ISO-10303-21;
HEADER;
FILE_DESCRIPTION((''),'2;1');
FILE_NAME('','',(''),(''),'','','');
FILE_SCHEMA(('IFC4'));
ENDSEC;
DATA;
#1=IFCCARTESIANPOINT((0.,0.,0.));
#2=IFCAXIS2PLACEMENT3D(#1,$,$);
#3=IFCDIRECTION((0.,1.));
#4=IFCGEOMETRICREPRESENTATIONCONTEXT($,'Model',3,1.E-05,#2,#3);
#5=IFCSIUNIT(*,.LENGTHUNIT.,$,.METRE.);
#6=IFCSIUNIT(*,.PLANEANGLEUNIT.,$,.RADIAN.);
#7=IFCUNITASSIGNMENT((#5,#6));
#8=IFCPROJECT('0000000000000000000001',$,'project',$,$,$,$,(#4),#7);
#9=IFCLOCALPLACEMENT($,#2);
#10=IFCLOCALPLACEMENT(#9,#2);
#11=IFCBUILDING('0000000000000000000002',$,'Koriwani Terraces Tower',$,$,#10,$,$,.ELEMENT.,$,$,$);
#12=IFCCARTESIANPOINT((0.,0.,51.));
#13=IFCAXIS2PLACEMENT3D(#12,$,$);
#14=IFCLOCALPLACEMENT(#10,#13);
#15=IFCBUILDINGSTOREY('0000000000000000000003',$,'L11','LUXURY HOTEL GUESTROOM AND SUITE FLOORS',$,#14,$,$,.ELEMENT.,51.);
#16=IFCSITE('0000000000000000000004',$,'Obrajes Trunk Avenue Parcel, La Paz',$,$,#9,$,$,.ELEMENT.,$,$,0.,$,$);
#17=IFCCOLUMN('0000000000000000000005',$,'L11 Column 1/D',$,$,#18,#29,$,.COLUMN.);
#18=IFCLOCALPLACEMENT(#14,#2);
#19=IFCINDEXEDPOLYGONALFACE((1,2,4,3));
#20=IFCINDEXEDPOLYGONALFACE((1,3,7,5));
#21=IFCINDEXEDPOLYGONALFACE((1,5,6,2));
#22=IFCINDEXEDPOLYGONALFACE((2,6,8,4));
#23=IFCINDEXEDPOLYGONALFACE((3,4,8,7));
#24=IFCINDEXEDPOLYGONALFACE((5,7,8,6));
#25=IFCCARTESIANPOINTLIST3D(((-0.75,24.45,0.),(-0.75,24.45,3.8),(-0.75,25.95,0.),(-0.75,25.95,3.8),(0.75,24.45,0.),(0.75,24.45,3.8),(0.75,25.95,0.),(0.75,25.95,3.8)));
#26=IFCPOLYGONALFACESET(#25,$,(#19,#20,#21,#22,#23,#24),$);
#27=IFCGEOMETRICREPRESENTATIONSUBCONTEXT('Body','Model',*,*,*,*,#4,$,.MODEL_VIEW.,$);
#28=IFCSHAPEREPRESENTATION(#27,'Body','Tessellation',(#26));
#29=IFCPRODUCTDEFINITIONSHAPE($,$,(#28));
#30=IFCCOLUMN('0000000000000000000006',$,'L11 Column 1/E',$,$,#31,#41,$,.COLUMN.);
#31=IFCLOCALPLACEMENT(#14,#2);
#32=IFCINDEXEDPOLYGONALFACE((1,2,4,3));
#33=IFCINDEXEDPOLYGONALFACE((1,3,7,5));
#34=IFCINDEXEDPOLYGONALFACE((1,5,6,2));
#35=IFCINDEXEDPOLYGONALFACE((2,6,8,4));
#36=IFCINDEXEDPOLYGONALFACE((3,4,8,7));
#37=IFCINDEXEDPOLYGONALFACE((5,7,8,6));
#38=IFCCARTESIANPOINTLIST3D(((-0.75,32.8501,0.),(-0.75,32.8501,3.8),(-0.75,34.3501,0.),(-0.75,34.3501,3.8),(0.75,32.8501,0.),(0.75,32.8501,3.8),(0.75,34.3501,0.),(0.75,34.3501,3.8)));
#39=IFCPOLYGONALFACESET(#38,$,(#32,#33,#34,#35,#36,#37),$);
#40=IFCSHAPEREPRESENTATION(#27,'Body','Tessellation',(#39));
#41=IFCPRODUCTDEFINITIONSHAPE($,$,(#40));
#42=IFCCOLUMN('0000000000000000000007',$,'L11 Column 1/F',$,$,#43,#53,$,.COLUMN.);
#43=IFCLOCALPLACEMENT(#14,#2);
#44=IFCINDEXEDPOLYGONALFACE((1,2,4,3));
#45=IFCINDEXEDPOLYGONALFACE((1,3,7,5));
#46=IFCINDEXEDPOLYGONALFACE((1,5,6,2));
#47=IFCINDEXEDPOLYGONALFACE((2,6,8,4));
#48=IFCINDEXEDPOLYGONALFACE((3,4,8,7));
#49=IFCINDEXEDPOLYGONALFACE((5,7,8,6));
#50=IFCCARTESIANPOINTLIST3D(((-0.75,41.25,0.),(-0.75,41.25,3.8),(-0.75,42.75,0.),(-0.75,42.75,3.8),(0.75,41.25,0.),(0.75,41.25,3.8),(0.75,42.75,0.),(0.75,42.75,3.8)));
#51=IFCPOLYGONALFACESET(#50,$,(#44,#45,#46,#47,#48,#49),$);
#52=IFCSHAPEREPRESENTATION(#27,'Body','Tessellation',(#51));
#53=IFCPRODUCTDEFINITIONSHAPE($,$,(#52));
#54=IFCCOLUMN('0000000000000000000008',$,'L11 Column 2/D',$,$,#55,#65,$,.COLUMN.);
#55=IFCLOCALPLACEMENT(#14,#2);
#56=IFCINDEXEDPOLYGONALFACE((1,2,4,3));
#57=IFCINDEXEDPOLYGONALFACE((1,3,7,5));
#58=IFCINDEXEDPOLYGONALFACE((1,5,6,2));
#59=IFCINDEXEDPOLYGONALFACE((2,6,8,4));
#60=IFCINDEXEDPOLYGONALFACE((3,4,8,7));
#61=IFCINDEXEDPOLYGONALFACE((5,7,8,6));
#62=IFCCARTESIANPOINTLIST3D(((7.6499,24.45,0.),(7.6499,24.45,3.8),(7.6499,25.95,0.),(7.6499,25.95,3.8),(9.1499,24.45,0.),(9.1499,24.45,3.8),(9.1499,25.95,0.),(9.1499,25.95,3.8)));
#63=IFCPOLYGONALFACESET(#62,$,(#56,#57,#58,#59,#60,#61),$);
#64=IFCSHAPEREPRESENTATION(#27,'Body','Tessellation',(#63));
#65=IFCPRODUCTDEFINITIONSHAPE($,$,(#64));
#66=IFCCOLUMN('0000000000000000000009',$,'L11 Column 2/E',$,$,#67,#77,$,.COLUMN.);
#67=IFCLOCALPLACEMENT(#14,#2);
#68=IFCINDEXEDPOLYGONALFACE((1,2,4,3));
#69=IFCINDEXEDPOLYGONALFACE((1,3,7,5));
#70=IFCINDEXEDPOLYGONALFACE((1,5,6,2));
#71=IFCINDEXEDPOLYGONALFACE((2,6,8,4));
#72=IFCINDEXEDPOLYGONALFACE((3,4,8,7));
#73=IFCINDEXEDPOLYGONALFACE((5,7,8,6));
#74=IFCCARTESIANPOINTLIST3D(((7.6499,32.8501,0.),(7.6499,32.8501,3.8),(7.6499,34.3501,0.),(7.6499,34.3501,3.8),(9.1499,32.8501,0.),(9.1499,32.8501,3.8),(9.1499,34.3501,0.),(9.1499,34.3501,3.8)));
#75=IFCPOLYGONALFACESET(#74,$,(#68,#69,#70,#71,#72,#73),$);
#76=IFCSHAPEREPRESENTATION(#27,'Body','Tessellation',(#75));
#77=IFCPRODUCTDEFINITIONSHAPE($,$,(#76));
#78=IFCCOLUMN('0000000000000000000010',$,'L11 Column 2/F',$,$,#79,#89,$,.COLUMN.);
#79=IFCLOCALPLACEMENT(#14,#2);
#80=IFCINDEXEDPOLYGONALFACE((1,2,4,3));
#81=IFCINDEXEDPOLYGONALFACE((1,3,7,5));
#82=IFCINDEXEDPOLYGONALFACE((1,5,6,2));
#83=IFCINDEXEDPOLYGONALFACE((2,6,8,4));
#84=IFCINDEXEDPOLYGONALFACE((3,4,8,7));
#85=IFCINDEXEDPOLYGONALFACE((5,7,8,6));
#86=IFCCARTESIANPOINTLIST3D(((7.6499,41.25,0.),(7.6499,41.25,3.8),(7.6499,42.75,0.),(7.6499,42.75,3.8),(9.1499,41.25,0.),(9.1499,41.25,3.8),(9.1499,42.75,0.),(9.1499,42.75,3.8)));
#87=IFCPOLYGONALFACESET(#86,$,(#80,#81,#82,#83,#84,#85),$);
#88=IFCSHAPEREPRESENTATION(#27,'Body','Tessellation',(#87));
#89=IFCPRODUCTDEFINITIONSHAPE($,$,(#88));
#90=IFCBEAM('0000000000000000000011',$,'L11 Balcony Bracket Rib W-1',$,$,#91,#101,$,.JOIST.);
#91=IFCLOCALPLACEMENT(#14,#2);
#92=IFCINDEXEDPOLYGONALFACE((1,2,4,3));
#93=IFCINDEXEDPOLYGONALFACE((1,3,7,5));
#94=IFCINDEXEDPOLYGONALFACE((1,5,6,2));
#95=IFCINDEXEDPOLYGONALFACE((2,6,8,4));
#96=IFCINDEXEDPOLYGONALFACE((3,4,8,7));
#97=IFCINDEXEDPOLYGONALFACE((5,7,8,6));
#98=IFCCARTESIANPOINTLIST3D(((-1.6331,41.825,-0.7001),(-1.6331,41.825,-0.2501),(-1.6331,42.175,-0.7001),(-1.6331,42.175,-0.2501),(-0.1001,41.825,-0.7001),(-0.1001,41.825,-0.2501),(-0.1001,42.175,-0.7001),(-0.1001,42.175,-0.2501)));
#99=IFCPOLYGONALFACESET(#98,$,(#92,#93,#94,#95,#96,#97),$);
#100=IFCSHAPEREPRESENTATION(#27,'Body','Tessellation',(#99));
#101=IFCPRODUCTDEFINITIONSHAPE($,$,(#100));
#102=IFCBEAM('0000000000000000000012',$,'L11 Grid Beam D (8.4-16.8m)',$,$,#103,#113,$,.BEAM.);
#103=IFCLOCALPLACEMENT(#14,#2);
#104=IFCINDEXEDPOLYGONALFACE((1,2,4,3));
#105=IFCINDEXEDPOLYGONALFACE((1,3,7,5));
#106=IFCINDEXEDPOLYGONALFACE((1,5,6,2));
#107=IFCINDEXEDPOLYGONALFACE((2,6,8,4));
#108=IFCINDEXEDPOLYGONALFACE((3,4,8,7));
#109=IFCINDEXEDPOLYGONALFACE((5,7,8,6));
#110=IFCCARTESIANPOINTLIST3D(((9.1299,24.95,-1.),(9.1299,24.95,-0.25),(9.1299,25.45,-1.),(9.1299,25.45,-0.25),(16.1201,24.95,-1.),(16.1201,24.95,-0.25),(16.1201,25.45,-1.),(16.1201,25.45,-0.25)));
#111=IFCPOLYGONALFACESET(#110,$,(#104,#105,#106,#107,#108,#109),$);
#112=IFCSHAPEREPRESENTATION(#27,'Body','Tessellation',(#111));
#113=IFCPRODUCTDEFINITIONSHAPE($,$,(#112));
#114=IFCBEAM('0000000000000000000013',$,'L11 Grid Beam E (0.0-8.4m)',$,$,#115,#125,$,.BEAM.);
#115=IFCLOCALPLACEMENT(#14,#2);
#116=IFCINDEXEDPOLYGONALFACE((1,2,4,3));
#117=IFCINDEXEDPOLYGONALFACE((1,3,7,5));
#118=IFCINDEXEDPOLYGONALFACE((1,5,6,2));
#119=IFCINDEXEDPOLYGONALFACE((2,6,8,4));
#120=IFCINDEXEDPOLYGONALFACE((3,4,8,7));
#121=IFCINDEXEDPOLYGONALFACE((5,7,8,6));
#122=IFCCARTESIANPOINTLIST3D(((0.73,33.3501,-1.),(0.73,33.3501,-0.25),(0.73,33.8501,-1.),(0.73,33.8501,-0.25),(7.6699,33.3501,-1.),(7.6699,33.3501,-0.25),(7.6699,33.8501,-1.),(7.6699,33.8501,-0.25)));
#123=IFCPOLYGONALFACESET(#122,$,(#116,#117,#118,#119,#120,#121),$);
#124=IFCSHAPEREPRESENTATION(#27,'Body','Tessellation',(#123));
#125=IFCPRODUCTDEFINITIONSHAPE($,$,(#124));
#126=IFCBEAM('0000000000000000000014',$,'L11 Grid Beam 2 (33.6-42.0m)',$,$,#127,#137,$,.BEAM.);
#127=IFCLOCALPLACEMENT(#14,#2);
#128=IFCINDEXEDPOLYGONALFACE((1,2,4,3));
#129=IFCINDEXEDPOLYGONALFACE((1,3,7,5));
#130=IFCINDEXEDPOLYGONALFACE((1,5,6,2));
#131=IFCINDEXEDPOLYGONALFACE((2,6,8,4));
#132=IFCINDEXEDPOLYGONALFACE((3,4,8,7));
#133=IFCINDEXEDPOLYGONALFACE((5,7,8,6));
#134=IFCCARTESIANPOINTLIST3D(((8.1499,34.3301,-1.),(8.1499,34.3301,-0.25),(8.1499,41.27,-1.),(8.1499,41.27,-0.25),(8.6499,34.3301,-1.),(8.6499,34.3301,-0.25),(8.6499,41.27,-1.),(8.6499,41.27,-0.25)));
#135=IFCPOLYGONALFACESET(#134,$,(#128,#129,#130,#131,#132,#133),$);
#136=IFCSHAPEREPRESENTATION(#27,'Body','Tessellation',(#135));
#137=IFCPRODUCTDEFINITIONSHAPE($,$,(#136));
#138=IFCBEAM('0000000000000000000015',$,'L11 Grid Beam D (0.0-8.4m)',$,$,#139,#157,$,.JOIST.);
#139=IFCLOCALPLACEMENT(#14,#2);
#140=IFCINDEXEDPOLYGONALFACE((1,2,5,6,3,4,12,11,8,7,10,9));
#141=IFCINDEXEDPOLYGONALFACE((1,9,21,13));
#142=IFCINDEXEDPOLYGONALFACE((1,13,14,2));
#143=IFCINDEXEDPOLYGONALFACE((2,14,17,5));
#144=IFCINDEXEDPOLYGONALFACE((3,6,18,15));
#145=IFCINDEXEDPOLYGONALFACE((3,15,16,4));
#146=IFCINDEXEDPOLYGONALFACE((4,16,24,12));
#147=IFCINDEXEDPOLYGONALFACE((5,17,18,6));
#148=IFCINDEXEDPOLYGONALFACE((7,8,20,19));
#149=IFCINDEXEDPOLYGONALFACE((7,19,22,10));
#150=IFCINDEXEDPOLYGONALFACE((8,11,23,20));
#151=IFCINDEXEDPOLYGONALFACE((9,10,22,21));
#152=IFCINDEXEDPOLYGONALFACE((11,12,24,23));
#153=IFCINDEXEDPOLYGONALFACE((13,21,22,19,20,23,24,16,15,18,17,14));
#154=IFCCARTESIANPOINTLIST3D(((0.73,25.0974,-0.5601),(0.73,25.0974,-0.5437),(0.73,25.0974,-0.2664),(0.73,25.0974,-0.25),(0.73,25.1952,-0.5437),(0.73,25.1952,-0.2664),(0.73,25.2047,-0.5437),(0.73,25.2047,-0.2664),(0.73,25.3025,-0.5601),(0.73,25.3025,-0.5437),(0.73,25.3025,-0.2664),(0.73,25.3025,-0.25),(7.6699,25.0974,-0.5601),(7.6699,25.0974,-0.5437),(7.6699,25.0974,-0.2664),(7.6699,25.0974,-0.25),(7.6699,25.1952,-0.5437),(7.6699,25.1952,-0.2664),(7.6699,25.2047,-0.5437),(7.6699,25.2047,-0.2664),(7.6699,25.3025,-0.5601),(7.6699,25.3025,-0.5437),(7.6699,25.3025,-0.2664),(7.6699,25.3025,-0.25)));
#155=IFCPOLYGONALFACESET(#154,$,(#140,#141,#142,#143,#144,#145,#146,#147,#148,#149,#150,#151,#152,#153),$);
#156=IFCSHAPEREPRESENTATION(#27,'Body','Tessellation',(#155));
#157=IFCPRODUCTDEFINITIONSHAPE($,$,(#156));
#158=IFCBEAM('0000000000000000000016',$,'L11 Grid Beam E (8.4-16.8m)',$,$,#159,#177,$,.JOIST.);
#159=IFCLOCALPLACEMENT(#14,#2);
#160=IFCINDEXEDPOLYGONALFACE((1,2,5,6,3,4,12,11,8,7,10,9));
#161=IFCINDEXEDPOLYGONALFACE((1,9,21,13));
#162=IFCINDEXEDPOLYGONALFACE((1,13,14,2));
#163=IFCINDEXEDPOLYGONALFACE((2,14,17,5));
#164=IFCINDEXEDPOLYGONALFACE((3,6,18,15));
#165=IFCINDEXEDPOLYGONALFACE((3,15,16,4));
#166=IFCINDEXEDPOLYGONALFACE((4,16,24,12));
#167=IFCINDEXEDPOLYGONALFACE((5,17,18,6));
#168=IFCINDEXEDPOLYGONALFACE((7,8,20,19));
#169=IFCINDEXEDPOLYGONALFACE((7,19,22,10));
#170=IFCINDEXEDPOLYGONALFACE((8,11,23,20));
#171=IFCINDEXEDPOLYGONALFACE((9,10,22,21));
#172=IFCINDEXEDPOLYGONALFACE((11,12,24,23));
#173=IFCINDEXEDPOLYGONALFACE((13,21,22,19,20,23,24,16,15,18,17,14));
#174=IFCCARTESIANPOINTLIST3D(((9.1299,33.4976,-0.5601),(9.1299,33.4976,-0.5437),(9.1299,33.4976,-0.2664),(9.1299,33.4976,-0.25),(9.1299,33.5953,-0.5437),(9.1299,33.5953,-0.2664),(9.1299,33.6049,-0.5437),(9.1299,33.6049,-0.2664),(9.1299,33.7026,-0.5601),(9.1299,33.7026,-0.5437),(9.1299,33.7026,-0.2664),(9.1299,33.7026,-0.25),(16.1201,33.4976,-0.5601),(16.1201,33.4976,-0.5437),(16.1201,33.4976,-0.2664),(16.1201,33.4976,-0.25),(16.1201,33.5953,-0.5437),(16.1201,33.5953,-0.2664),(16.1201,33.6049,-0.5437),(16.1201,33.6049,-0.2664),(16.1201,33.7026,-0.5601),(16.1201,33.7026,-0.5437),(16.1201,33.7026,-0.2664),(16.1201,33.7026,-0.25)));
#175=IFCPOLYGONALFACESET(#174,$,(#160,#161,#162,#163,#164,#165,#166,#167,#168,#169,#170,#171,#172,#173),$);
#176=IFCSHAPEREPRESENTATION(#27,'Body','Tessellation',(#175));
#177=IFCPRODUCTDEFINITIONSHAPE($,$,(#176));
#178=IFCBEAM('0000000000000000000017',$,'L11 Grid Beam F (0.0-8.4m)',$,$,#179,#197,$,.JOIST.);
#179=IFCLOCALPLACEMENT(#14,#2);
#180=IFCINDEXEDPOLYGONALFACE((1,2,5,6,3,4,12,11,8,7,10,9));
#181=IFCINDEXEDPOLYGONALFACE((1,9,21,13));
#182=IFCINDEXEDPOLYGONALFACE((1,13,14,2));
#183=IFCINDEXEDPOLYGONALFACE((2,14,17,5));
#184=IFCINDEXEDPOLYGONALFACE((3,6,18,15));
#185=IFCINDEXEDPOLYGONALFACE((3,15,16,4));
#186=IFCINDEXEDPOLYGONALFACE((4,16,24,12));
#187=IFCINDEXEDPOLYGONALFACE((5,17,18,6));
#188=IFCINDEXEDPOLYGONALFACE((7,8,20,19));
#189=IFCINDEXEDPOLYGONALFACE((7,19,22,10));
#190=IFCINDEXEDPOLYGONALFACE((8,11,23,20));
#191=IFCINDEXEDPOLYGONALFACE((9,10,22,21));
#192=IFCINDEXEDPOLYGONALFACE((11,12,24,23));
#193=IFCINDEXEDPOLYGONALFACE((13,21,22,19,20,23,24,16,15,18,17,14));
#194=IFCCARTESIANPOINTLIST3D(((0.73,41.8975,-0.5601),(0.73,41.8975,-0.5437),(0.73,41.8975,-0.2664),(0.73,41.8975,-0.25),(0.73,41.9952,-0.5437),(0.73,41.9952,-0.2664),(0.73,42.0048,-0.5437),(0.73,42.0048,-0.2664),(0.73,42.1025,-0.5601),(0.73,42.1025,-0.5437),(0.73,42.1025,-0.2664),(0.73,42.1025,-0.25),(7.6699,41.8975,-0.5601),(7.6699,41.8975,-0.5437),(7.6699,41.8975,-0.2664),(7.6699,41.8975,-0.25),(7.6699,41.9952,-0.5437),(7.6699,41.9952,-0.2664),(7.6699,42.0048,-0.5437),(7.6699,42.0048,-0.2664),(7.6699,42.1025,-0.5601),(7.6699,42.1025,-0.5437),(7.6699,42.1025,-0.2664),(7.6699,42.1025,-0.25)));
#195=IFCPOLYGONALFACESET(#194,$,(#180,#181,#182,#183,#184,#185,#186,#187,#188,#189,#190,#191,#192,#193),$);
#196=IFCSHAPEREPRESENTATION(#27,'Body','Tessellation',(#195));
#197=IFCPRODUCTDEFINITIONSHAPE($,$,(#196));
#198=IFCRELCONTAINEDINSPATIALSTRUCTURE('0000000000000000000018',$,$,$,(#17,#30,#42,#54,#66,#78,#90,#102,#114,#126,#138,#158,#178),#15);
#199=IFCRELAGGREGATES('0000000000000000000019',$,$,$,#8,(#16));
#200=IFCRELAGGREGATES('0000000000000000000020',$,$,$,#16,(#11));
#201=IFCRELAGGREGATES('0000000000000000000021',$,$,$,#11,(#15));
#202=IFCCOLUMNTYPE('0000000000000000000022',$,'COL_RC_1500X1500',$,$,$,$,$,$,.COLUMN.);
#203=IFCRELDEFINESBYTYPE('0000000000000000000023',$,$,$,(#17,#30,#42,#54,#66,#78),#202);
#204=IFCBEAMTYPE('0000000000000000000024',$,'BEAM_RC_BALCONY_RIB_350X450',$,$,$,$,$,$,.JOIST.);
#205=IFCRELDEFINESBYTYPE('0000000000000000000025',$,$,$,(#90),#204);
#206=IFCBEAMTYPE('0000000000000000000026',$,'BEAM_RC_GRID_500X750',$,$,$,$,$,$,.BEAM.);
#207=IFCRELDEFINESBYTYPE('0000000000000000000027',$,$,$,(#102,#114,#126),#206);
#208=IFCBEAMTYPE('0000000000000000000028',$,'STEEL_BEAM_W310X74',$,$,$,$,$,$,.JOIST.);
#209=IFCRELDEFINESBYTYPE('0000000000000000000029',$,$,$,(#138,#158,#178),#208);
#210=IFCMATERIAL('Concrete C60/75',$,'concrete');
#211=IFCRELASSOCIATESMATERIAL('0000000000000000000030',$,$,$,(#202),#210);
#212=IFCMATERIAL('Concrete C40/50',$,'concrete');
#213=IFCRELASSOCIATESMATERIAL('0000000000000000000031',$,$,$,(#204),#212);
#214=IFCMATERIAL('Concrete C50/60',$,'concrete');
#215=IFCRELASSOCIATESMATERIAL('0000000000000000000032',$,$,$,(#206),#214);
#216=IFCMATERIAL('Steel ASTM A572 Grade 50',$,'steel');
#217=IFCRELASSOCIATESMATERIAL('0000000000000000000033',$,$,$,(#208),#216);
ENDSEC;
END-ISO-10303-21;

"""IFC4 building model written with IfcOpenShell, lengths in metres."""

from ifc_helpers import new_model, si_unit, direction, frame, origin, origin_2d, place, context, subcontext, project, spatial, rectangle, i_section, extrude, material, material_profile, profile_set, type_object, element, save


model = new_model("IFC4")

# Units and contexts
model_context = context("Model", 3, precision=1e-05, world=origin(), true_north=direction((0.0, 1.0)))
body_context = subcontext(model_context, "Body", "Model", "MODEL_VIEW")
ifc_project = project(units=[si_unit("LENGTHUNIT", "METRE"), si_unit("PLANEANGLEUNIT", "RADIAN")], contexts=[model_context])

# Site, building, storey
site_placement = place(None, origin())
site = spatial("IfcSite", under=ifc_project, at=site_placement, Name="Obrajes Trunk Avenue Parcel, La Paz", CompositionType="ELEMENT", RefElevation=0.0)
building_placement = place(site_placement, origin())
building = spatial("IfcBuilding", under=site, at=building_placement, Name="Koriwani Terraces Tower", CompositionType="ELEMENT")
storey_placement = place(building_placement, frame((0.0, 0.0, 51.0)))
storey = spatial("IfcBuildingStorey", under=building, at=storey_placement, Name="L11", Description="LUXURY HOTEL GUESTROOM AND SUITE FLOORS", CompositionType="ELEMENT", Elevation=51.0)

# Columns
ifc_material_1 = material(Name="Concrete C60/75", Category="concrete")
ifc_material_profile_1 = material_profile(ifc_material_1, rectangle(XDim=1.5, YDim=1.5, at=origin_2d()), Name="Concrete C60/75", Category="LoadBearing")
ifc_profile_set_1 = profile_set([ifc_material_profile_1], Name="Concrete C60/75")
column_type = type_object("IfcColumnType", Name="COL_RC_1500X1500", PredefinedType="COLUMN", material=ifc_profile_set_1)
for number, where, z_axis, x_axis, name in (
    (1, (0.0, 25.2, 0.0), (0.0, 0.0, 1.0), (1.0, 0.0, 0.0), "L11 Column 1/D"),
    (2, (0.0, 33.6001, 0.0), (0.0, 0.0, 1.0), (1.0, 0.0, 0.0), "L11 Column 1/E"),
    (3, (0.0, 42.0, 0.0), (0.0, 0.0, 1.0), (1.0, 0.0, 0.0), "L11 Column 1/F"),
    (4, (8.3999, 25.2, 0.0), (0.0, 0.0, 1.0), (1.0, 0.0, 0.0), "L11 Column 2/D"),
    (5, (8.3999, 33.6001, 0.0), (0.0, 0.0, 1.0), (1.0, 0.0, 0.0), "L11 Column 2/E"),
    (6, (8.3999, 42.0, 0.0), (0.0, 0.0, 1.0), (1.0, 0.0, 0.0), "L11 Column 2/F"),
):
    element("IfcColumn", number, at=place(storey_placement, frame(where, z_axis=z_axis, x_axis=x_axis)), inside=storey, type_object=column_type, Name=name, PredefinedType="COLUMN", context=body_context, shape_type="SweptSolid", body=[
        extrude(rectangle(XDim=1.5, YDim=1.5, at=origin_2d()), origin(), (0.0, 0.0, 1.0), 3.8),
    ])

# Beams
ifc_material_2 = material(Name="Concrete C40/50", Category="concrete")
ifc_material_profile_2 = material_profile(ifc_material_2, rectangle(XDim=0.3501, YDim=0.45, at=origin_2d()), Name="Concrete C40/50", Category="LoadBearing")
ifc_profile_set_2 = profile_set([ifc_material_profile_2], Name="Concrete C40/50")
beam_type_1 = type_object("IfcBeamType", Name="BEAM_RC_BALCONY_RIB_350X450", PredefinedType="JOIST", material=ifc_profile_set_2)
beam_1_placement = place(storey_placement, frame((-1.6331, 42.0, -0.4751), z_axis=(1.0, 0.0, 0.0), x_axis=(0.0, 1.0, 0.0)))
element("IfcBeam", 7, at=beam_1_placement, inside=storey, type_object=beam_type_1, Name="L11 Balcony Bracket Rib W-1", PredefinedType="JOIST", context=body_context, shape_type="SweptSolid", body=[
    extrude(rectangle(XDim=0.3501, YDim=0.45, at=origin_2d()), origin(), (0.0, 0.0, 1.0), 1.533),
])
ifc_material_3 = material(Name="Concrete C50/60", Category="concrete")
ifc_material_profile_3 = material_profile(ifc_material_3, rectangle(XDim=0.5, YDim=0.75, at=origin_2d()), Name="Concrete C50/60", Category="LoadBearing")
ifc_profile_set_3 = profile_set([ifc_material_profile_3], Name="Concrete C50/60")
beam_type_2 = type_object("IfcBeamType", Name="BEAM_RC_GRID_500X750", PredefinedType="BEAM", material=ifc_profile_set_3)
beam_2_placement = place(storey_placement, frame((9.1299, 25.2, -0.625), z_axis=(1.0, 0.0, 0.0), x_axis=(0.0, 1.0, 0.0)))
element("IfcBeam", 8, at=beam_2_placement, inside=storey, type_object=beam_type_2, Name="L11 Grid Beam D (8.4-16.8m)", PredefinedType="BEAM", context=body_context, shape_type="SweptSolid", body=[
    extrude(rectangle(XDim=0.5, YDim=0.75, at=origin_2d()), origin(), (0.0, 0.0, 1.0), 6.9902),
])
for number, where, z_axis, x_axis, name in (
    (9, (0.73, 33.6001, -0.625), (1.0, 0.0, 0.0), (0.0, 1.0, 0.0), "L11 Grid Beam E (0.0-8.4m)"),
    (10, (8.3999, 34.3301, -0.625), (0.0, 1.0, 0.0), (-1.0, 0.0, 0.0), "L11 Grid Beam 2 (33.6-42.0m)"),
):
    element("IfcBeam", number, at=place(storey_placement, frame(where, z_axis=z_axis, x_axis=x_axis)), inside=storey, type_object=beam_type_2, Name=name, PredefinedType="BEAM", context=body_context, shape_type="SweptSolid", body=[
        extrude(rectangle(XDim=0.5, YDim=0.75, at=origin_2d()), origin(), (0.0, 0.0, 1.0), 6.9399),
    ])
ifc_material_4 = material(Name="Steel ASTM A572 Grade 50", Category="steel")
ifc_material_profile_4 = material_profile(ifc_material_4, i_section(OverallWidth=0.2051, OverallDepth=0.3101, WebThickness=0.0095, FlangeThickness=0.0164, at=origin_2d()), Name="Steel ASTM A572 Grade 50", Category="LoadBearing")
ifc_profile_set_4 = profile_set([ifc_material_profile_4], Name="Steel ASTM A572 Grade 50")
beam_type_3 = type_object("IfcBeamType", Name="STEEL_BEAM_W310X74", PredefinedType="JOIST", material=ifc_profile_set_4)
beam_3_placement = place(storey_placement, frame((0.73, 25.2, -0.405), z_axis=(1.0, 0.0, 0.0), x_axis=(0.0, 1.0, 0.0)))
element("IfcBeam", 11, at=beam_3_placement, inside=storey, type_object=beam_type_3, Name="L11 Grid Beam D (0.0-8.4m)", PredefinedType="JOIST", context=body_context, shape_type="SweptSolid", body=[
    extrude(i_section(OverallWidth=0.2051, OverallDepth=0.3101, WebThickness=0.0095, FlangeThickness=0.0164, at=origin_2d()), origin(), (0.0, 0.0, 1.0), 6.9399),
])
beam_4_placement = place(storey_placement, frame((9.1299, 33.6001, -0.405), z_axis=(1.0, 0.0, 0.0), x_axis=(0.0, 1.0, 0.0)))
element("IfcBeam", 12, at=beam_4_placement, inside=storey, type_object=beam_type_3, Name="L11 Grid Beam E (8.4-16.8m)", PredefinedType="JOIST", context=body_context, shape_type="SweptSolid", body=[
    extrude(i_section(OverallWidth=0.2051, OverallDepth=0.3101, WebThickness=0.0095, FlangeThickness=0.0164, at=origin_2d()), origin(), (0.0, 0.0, 1.0), 6.9902),
])
beam_5_placement = place(storey_placement, frame((0.73, 42.0, -0.405), z_axis=(1.0, 0.0, 0.0), x_axis=(0.0, 1.0, 0.0)))
element("IfcBeam", 13, at=beam_5_placement, inside=storey, type_object=beam_type_3, Name="L11 Grid Beam F (0.0-8.4m)", PredefinedType="JOIST", context=body_context, shape_type="SweptSolid", body=[
    extrude(i_section(OverallWidth=0.2051, OverallDepth=0.3101, WebThickness=0.0095, FlangeThickness=0.0164, at=origin_2d()), origin(), (0.0, 0.0, 1.0), 6.9399),
])

save(model, "model.ifc")
